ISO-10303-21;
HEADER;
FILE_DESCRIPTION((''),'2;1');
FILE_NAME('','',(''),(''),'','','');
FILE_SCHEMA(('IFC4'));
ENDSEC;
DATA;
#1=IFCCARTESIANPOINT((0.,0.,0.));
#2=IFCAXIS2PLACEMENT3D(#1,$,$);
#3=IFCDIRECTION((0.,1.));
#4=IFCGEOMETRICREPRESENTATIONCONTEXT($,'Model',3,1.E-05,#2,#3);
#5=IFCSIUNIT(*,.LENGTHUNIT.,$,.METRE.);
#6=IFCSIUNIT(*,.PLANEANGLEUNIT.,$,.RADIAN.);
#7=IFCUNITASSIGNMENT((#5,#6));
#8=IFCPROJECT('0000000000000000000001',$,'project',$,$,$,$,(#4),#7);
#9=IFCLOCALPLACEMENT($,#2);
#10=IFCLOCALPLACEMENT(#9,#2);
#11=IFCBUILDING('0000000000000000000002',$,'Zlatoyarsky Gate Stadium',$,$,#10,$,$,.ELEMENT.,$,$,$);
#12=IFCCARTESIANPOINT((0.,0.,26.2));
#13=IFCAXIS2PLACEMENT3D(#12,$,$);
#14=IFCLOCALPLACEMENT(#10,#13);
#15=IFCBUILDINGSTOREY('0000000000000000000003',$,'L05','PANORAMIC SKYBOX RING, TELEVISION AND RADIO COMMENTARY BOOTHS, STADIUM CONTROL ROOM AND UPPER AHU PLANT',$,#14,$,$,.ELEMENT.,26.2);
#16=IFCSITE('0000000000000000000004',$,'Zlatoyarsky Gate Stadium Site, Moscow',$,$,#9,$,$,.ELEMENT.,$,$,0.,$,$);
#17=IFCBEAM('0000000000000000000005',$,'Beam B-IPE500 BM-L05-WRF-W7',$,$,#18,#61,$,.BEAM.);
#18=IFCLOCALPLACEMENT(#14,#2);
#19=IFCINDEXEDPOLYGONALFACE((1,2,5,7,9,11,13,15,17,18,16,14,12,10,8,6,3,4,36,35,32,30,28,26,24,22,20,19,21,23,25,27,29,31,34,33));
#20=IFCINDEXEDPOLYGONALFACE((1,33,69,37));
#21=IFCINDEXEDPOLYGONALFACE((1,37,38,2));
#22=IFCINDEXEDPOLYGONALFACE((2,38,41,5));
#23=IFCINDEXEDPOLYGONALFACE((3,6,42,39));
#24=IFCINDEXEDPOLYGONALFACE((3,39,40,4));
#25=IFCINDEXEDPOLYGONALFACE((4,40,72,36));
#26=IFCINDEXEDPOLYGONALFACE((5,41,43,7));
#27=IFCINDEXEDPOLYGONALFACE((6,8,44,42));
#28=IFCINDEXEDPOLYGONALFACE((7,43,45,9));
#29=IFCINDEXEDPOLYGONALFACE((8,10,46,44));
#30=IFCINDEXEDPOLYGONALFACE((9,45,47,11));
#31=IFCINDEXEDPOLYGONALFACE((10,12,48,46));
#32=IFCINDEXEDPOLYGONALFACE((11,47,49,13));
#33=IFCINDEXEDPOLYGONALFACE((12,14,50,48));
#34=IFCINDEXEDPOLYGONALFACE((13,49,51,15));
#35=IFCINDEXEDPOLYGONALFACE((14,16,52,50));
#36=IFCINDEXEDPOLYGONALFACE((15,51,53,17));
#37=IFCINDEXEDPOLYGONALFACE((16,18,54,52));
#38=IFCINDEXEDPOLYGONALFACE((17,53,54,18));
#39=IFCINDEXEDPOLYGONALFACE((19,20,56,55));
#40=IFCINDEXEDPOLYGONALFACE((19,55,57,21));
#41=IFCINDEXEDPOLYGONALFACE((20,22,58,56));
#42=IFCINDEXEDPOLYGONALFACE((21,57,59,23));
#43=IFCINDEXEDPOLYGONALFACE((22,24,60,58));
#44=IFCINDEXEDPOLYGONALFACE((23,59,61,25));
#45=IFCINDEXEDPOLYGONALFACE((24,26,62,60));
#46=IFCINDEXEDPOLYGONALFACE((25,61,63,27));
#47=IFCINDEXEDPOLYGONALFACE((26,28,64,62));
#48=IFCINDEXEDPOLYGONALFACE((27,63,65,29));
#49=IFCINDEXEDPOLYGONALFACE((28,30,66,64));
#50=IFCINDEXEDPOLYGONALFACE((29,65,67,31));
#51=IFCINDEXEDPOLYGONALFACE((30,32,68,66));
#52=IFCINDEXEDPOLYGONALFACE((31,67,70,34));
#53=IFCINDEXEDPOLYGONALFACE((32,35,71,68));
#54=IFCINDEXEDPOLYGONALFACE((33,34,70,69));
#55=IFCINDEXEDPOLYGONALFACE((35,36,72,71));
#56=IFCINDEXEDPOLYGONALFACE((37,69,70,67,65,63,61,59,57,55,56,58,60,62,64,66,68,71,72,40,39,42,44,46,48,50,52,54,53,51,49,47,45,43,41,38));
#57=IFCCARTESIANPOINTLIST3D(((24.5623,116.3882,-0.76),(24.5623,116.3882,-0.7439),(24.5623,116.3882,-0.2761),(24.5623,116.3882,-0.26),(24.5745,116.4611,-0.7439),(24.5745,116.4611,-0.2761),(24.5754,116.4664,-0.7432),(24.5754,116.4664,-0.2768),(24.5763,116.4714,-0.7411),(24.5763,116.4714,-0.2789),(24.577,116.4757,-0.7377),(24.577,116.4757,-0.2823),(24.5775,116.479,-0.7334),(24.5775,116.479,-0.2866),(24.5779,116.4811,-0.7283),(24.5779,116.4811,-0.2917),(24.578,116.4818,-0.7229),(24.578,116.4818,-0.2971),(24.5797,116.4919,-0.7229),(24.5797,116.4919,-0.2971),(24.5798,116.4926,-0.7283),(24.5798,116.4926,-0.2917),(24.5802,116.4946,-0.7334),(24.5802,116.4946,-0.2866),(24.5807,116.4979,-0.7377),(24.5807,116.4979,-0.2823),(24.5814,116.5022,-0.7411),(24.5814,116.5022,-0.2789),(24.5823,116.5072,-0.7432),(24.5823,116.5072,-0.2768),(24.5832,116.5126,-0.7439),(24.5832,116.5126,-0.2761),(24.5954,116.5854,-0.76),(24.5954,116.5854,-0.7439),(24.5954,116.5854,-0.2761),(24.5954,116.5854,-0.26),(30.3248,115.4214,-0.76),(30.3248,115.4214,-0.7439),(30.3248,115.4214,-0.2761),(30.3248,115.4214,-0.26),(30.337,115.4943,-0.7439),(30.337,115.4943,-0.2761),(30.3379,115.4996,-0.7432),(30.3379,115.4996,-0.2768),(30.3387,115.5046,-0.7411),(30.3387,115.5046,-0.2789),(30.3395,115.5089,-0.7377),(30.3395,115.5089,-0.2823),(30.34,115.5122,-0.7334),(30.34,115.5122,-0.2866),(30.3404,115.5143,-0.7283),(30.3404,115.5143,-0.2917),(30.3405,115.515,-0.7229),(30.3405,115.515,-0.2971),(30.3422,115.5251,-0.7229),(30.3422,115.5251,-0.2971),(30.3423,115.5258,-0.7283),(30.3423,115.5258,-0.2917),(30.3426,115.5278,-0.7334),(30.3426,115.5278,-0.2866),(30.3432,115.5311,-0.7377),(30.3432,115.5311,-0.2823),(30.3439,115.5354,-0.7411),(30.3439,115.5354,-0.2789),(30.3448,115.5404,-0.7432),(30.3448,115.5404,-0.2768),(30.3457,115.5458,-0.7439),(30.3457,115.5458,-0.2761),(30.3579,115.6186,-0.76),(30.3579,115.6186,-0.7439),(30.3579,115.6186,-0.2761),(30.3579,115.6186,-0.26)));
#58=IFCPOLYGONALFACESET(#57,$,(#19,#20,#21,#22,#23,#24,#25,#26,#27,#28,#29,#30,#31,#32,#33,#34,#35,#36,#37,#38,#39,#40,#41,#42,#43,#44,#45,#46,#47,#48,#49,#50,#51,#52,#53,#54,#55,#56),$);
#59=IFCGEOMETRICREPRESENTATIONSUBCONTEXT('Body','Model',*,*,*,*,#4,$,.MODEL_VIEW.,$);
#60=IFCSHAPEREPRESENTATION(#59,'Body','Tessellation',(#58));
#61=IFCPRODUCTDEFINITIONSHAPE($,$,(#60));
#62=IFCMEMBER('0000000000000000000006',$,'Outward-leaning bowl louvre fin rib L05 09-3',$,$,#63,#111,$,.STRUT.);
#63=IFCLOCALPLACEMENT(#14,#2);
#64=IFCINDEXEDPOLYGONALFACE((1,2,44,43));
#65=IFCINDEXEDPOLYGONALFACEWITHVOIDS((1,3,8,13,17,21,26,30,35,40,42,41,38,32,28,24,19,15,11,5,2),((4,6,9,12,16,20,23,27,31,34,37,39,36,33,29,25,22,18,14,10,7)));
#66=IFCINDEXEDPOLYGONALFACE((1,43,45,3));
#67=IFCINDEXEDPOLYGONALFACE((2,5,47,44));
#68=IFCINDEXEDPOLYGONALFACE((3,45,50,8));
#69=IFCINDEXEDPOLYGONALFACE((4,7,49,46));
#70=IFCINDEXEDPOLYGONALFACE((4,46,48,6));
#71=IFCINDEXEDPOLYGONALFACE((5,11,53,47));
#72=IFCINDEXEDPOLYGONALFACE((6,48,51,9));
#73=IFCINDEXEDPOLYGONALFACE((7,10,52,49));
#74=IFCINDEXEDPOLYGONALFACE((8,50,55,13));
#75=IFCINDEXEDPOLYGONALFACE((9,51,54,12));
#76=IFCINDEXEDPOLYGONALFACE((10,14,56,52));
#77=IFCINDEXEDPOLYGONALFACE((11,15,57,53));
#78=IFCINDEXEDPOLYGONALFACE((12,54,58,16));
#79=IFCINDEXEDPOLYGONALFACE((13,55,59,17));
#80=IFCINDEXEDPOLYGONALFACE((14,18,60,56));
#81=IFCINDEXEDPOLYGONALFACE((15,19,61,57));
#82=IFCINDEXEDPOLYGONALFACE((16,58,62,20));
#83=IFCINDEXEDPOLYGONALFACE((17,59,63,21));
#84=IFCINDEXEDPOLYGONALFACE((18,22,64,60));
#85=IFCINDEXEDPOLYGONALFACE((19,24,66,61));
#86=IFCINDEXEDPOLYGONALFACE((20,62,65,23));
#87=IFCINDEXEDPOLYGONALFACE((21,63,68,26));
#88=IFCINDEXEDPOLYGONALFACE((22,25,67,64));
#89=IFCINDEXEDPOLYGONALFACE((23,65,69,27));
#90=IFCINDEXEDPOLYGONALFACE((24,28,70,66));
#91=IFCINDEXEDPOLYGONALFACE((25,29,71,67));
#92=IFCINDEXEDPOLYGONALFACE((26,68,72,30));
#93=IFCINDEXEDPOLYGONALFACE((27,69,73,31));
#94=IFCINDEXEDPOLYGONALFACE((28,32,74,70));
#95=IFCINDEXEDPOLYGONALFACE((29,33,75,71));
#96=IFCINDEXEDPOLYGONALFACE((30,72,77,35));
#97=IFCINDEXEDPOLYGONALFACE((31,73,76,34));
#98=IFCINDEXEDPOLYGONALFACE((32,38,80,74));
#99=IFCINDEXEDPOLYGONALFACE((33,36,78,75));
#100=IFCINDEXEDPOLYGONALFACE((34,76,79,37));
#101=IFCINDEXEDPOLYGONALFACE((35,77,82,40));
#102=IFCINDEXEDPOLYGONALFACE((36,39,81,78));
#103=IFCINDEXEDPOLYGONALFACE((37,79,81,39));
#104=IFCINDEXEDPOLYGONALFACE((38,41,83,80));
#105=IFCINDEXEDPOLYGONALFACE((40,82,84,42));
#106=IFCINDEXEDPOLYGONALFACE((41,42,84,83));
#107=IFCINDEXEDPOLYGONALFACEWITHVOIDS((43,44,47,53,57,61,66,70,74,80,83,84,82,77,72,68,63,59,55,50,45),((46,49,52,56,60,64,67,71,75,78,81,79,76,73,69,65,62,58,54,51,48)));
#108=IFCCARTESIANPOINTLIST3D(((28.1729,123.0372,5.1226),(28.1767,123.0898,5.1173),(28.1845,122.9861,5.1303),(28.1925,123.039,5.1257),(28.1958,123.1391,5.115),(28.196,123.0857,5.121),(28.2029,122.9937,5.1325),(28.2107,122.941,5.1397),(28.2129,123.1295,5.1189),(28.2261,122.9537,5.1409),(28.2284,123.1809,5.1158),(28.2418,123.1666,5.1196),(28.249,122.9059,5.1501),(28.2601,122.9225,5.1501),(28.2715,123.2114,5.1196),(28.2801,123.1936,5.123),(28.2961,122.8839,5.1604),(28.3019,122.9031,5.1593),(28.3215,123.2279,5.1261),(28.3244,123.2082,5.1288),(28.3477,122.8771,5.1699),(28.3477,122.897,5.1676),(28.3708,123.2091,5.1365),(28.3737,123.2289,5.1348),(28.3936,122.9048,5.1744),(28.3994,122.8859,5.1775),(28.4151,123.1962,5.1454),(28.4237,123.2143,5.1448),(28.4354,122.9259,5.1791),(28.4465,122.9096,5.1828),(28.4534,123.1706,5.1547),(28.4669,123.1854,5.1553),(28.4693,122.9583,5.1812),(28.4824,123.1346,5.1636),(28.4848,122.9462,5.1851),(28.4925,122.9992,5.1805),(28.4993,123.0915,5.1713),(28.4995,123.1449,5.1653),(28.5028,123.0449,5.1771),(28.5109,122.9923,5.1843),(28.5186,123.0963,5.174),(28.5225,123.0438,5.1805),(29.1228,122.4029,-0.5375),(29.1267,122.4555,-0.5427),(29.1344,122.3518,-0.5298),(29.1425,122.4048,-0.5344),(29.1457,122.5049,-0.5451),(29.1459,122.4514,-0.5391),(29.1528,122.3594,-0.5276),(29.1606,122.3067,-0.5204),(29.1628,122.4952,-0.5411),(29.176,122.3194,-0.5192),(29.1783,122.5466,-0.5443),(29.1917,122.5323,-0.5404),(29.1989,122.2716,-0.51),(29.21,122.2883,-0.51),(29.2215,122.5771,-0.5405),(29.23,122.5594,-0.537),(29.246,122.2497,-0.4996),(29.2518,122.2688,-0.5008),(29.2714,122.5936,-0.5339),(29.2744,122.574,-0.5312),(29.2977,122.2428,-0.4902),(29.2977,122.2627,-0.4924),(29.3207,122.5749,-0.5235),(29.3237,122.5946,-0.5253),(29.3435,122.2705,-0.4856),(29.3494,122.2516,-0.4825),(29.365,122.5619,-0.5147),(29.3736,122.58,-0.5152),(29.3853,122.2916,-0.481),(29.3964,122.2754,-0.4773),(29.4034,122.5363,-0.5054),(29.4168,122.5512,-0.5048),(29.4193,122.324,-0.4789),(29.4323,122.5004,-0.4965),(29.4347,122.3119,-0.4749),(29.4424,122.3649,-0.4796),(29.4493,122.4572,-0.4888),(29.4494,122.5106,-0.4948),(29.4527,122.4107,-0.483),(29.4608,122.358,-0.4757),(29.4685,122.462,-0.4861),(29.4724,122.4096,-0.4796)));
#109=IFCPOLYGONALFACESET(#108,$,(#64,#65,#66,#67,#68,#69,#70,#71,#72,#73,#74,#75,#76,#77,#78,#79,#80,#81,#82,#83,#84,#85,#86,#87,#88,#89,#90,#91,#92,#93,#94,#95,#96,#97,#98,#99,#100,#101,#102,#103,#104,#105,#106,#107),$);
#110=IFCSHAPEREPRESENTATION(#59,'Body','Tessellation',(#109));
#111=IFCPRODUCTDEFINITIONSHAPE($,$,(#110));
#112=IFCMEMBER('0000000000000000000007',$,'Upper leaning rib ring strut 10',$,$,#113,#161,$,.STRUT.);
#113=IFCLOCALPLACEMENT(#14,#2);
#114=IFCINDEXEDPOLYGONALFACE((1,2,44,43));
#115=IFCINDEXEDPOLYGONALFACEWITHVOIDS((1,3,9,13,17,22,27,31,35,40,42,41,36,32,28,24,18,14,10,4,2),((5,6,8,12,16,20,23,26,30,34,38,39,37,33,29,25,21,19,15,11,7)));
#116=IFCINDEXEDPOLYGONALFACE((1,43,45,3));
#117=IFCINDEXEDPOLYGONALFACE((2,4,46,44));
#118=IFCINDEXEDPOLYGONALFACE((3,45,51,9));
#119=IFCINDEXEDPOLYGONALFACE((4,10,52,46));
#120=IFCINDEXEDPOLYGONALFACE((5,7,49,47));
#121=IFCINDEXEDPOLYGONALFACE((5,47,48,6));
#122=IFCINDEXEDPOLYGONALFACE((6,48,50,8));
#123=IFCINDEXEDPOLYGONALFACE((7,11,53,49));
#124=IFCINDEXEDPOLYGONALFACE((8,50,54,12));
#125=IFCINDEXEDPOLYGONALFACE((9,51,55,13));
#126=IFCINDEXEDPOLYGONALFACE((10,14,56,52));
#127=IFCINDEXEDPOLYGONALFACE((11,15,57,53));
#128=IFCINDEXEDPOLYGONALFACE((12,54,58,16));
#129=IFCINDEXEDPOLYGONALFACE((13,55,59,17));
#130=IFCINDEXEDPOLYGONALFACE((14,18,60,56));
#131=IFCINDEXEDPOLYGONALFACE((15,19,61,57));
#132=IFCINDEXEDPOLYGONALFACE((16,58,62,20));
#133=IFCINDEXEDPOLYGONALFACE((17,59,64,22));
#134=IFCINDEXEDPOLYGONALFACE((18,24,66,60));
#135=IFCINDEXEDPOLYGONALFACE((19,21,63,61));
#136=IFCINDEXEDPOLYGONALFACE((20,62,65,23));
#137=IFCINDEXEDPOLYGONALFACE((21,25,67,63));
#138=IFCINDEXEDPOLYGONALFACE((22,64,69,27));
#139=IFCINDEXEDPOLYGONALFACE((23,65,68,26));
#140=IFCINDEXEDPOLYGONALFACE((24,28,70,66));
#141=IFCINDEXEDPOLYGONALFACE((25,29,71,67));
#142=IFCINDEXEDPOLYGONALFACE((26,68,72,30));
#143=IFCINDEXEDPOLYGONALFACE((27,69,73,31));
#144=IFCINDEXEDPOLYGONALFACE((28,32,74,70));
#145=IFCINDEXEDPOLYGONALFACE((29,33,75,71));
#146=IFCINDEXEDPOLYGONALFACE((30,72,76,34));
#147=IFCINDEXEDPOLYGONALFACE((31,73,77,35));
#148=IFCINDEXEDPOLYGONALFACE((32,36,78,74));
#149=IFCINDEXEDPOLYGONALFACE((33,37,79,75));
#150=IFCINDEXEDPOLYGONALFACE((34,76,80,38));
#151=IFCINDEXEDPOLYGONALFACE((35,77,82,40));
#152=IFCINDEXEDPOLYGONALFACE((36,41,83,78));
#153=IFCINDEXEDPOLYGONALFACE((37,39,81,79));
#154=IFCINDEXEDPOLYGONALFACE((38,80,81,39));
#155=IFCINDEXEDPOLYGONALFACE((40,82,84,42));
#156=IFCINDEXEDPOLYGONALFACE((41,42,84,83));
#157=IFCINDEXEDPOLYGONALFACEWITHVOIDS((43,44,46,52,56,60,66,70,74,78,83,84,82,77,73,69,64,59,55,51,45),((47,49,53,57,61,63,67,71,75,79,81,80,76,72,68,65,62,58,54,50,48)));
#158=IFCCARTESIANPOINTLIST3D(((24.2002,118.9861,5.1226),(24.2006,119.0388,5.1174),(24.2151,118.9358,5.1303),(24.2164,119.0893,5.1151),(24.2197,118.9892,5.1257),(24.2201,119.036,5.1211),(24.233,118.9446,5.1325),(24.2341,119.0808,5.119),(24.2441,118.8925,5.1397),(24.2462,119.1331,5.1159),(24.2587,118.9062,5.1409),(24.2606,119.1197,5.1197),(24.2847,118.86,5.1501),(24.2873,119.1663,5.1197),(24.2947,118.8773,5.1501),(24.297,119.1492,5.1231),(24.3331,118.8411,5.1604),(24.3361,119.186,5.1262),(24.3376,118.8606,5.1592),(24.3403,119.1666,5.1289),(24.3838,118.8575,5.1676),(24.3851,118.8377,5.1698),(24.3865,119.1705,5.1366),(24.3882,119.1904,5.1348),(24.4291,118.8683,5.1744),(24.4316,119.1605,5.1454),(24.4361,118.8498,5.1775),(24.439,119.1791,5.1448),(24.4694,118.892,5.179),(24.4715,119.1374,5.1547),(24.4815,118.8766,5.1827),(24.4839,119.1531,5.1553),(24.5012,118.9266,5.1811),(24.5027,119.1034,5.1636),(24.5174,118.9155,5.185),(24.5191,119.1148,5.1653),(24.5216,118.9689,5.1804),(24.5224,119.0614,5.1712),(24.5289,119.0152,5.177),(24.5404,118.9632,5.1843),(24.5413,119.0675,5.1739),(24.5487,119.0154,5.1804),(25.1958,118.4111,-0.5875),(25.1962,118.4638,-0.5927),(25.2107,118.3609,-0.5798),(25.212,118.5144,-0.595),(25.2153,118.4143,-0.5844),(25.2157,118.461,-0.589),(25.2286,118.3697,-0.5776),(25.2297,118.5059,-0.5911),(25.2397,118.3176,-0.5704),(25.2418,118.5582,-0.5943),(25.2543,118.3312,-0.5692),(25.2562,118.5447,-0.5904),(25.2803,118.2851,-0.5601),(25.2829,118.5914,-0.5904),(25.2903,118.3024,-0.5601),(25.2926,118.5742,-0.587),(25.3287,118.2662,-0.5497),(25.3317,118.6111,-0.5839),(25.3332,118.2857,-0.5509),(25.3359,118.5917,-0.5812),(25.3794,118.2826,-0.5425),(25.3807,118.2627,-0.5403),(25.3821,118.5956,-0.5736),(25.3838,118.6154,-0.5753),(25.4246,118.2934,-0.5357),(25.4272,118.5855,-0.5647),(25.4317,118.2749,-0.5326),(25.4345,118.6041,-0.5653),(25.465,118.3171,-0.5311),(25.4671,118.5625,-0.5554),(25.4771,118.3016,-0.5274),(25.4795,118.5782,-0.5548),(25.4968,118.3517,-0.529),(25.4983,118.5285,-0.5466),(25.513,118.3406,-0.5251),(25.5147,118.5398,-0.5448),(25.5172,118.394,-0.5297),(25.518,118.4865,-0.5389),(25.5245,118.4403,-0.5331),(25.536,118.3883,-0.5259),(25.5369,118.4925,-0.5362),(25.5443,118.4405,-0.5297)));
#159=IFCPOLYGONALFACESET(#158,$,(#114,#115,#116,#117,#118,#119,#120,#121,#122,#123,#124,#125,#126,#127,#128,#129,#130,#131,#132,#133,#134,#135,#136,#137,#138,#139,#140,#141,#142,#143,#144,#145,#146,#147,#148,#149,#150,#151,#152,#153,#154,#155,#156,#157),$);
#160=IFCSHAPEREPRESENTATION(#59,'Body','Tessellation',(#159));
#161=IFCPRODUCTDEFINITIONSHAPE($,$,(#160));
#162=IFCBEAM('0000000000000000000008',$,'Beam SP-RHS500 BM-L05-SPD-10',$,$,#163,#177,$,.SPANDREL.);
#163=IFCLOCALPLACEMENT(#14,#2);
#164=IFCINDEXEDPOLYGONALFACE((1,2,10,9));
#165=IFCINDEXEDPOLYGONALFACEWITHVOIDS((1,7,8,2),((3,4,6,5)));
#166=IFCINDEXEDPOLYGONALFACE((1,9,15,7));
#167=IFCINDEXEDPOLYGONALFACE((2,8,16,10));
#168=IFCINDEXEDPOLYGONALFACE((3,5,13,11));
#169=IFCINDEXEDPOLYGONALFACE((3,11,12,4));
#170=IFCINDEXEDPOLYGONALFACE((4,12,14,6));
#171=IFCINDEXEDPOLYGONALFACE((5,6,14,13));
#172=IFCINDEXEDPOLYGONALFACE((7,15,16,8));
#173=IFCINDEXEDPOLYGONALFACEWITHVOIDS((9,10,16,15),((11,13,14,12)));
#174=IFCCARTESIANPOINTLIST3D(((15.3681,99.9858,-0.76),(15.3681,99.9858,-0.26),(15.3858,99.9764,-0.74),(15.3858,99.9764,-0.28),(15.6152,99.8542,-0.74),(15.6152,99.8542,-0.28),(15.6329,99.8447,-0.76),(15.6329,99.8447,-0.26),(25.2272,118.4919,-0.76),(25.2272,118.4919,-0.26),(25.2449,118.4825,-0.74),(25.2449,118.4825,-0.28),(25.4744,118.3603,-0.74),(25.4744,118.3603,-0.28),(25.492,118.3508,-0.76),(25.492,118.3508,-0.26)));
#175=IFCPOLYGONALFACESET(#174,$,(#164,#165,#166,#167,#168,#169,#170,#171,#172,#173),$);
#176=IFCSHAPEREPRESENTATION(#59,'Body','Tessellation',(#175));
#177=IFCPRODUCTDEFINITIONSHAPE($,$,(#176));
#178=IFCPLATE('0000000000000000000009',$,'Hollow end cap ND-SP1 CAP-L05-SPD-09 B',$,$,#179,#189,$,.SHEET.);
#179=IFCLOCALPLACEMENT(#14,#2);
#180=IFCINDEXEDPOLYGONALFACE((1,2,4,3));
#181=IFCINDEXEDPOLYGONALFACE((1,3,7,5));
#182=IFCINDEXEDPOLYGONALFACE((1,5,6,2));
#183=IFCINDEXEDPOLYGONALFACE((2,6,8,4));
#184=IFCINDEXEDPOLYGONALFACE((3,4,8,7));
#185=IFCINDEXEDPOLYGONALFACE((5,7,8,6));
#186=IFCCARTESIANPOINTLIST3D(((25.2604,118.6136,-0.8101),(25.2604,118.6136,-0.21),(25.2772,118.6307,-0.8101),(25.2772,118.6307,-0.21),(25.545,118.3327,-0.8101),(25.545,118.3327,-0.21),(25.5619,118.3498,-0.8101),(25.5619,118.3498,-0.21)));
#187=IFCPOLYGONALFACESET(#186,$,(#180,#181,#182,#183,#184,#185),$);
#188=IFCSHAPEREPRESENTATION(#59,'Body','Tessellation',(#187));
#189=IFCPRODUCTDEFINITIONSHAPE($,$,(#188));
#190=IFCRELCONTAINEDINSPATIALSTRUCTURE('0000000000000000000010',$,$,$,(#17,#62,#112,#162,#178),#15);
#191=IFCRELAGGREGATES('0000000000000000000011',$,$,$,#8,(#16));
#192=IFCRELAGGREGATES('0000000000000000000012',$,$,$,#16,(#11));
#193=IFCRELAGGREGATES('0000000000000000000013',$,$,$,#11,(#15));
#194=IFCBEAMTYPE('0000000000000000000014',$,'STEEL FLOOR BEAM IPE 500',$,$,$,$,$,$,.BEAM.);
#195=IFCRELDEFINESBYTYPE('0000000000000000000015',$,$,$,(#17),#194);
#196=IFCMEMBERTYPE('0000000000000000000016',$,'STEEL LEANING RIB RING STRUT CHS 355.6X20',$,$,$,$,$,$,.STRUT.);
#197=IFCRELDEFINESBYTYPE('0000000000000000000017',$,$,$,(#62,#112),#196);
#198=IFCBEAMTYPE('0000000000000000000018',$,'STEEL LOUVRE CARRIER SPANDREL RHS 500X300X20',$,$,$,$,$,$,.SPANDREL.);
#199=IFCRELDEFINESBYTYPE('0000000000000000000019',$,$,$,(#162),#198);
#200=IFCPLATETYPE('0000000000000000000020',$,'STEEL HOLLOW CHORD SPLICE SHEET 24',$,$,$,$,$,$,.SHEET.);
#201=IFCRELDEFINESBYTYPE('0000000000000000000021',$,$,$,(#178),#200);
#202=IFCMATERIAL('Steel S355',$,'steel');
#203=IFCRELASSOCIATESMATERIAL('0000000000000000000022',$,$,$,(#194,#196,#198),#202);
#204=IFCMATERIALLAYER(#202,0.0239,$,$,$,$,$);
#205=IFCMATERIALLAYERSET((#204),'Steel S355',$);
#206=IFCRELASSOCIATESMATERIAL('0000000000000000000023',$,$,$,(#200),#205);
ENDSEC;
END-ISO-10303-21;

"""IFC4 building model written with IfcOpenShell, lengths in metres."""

from ifc_helpers import new_model, si_unit, direction, frame, origin, origin_2d, place, context, subcontext, project, spatial, rectangle, hollow_rectangle, hollow_circle, i_section, extrude, material, layer, layer_set, material_profile, profile_set, type_object, element, save


model = new_model("IFC4")

# Units and contexts
model_context = context("Model", 3, precision=1e-05, world=origin(), true_north=direction((0.0, 1.0)))
body_context = subcontext(model_context, "Body", "Model", "MODEL_VIEW")
ifc_project = project(units=[si_unit("LENGTHUNIT", "METRE"), si_unit("PLANEANGLEUNIT", "RADIAN")], contexts=[model_context])

# Site, building, storey
site_placement = place(None, origin())
site = spatial("IfcSite", under=ifc_project, at=site_placement, Name="Zlatoyarsky Gate Stadium Site, Moscow", CompositionType="ELEMENT", RefElevation=0.0)
building_placement = place(site_placement, origin())
building = spatial("IfcBuilding", under=site, at=building_placement, Name="Zlatoyarsky Gate Stadium", CompositionType="ELEMENT")
storey_placement = place(building_placement, frame((0.0, 0.0, 26.2)))
storey = spatial("IfcBuildingStorey", under=building, at=storey_placement, Name="L05", Description="PANORAMIC SKYBOX RING, TELEVISION AND RADIO COMMENTARY BOOTHS, STADIUM CONTROL ROOM AND UPPER AHU PLANT", CompositionType="ELEMENT", Elevation=26.2)

# Beam
ifc_material_1 = material(Name="Steel S355", Category="steel")
ifc_material_profile_1 = material_profile(ifc_material_1, i_section(OverallWidth=0.2, OverallDepth=0.5, WebThickness=0.0103, FlangeThickness=0.0161, FilletRadius=0.021, at=origin_2d()), Name="IPE 500")
ifc_profile_set_1 = profile_set([ifc_material_profile_1], Name="Steel S355")
beam_type_1 = type_object("IfcBeamType", Name="STEEL FLOOR BEAM IPE 500", PredefinedType="BEAM", material=ifc_profile_set_1)
beam_1_placement = place(storey_placement, frame((24.5789, 116.4868, -0.51), z_axis=(0.986216, -0.165463, 0.0), x_axis=(0.165463, 0.986216, 0.0)))
element("IfcBeam", 1, at=beam_1_placement, inside=storey, type_object=beam_type_1, Name="Beam B-IPE500 BM-L05-WRF-W7", PredefinedType="BEAM", context=body_context, shape_type="SweptSolid", body=[
    extrude(i_section(OverallWidth=0.2, OverallDepth=0.5, WebThickness=0.0103, FlangeThickness=0.0161, FilletRadius=0.021, at=origin_2d()), origin(), (0.0, 0.0, 1.0), 5.843),
])

# Members
ifc_material_profile_2 = material_profile(ifc_material_1, hollow_circle(Radius=0.1777, WallThickness=0.02, at=origin_2d()), Name="CHS 355.6X20")
ifc_profile_set_2 = profile_set([ifc_material_profile_2], Name="Steel S355")
member_type_1 = type_object("IfcMemberType", Name="STEEL LEANING RIB RING STRUT CHS 355.6X20", PredefinedType="STRUT", material=ifc_profile_set_2)
member_1_placement = place(storey_placement, frame((29.2976, 122.4194, -0.51), z_axis=(-0.164515, 0.109846, 0.980239), x_axis=(-0.555292, -0.831655, 0.0)))
element("IfcMember", 2, at=member_1_placement, inside=storey, type_object=member_type_1, Name="Outward-leaning bowl louvre fin rib L05 09-3", PredefinedType="STRUT", context=body_context, shape_type="SweptSolid", body=[
    extrude(hollow_circle(Radius=0.1777, WallThickness=0.02, at=origin_2d()), origin(), (0.0, 0.0, 1.0), 5.7742),
])
member_2_placement = place(storey_placement, frame((25.3691, 118.439, -0.5601), z_axis=(-0.170925, 0.098708, 0.980327), x_axis=(-0.50009, -0.865973, 0.0)))
element("IfcMember", 3, at=member_2_placement, inside=storey, type_object=member_type_1, Name="Upper leaning rib ring strut 10", PredefinedType="STRUT", context=body_context, shape_type="SweptSolid", body=[
    extrude(hollow_circle(Radius=0.1777, WallThickness=0.02, at=origin_2d()), origin(), (0.0, 0.0, 1.0), 5.8247),
])

# Beam
ifc_material_profile_3 = material_profile(ifc_material_1, hollow_rectangle(XDim=0.3, YDim=0.5, WallThickness=0.02, at=origin_2d()), Name="RHS 500X300X20")
ifc_profile_set_3 = profile_set([ifc_material_profile_3], Name="Steel S355")
beam_type_2 = type_object("IfcBeamType", Name="STEEL LOUVRE CARRIER SPANDREL RHS 500X300X20", PredefinedType="SPANDREL", material=ifc_profile_set_3)
beam_2_placement = place(storey_placement, frame((25.3596, 118.4214, -0.51), z_axis=(-0.470188, -0.882567, 0.0), x_axis=(0.882567, -0.470188, 0.0)))
element("IfcBeam", 4, at=beam_2_placement, inside=storey, type_object=beam_type_2, Name="Beam SP-RHS500 BM-L05-SPD-10", PredefinedType="SPANDREL", context=body_context, shape_type="SweptSolid", body=[
    extrude(hollow_rectangle(XDim=0.3, YDim=0.5, WallThickness=0.02, at=origin_2d()), origin(), (0.0, 0.0, 1.0), 20.9685),
])

# Plate
ifc_layer_1 = layer(ifc_material_1, 0.0239)
ifc_layer_set_1 = layer_set([ifc_layer_1], Name="Steel S355")
plate_type_1 = type_object("IfcPlateType", Name="STEEL HOLLOW CHORD SPLICE SHEET 24", PredefinedType="SHEET", material=ifc_layer_set_1)
for number, where, z_axis, x_axis, name in (
    (5, (25.4111, 118.4817, -0.8101), (0.0, 0.0, 1.0), (-0.702431, -0.711752, 0.0), "Hollow end cap ND-SP1 CAP-L05-SPD-09 B"),
):
    element("IfcPlate", number, at=place(storey_placement, frame(where, z_axis=z_axis, x_axis=x_axis)), inside=storey, type_object=plate_type_1, Name=name, PredefinedType="SHEET", context=body_context, shape_type="SweptSolid", body=[
        extrude(rectangle(XDim=0.0239, YDim=0.3999, at=origin_2d()), origin(), (0.0, 0.0, 1.0), 0.6001),
    ])

save(model, "model.ifc")
